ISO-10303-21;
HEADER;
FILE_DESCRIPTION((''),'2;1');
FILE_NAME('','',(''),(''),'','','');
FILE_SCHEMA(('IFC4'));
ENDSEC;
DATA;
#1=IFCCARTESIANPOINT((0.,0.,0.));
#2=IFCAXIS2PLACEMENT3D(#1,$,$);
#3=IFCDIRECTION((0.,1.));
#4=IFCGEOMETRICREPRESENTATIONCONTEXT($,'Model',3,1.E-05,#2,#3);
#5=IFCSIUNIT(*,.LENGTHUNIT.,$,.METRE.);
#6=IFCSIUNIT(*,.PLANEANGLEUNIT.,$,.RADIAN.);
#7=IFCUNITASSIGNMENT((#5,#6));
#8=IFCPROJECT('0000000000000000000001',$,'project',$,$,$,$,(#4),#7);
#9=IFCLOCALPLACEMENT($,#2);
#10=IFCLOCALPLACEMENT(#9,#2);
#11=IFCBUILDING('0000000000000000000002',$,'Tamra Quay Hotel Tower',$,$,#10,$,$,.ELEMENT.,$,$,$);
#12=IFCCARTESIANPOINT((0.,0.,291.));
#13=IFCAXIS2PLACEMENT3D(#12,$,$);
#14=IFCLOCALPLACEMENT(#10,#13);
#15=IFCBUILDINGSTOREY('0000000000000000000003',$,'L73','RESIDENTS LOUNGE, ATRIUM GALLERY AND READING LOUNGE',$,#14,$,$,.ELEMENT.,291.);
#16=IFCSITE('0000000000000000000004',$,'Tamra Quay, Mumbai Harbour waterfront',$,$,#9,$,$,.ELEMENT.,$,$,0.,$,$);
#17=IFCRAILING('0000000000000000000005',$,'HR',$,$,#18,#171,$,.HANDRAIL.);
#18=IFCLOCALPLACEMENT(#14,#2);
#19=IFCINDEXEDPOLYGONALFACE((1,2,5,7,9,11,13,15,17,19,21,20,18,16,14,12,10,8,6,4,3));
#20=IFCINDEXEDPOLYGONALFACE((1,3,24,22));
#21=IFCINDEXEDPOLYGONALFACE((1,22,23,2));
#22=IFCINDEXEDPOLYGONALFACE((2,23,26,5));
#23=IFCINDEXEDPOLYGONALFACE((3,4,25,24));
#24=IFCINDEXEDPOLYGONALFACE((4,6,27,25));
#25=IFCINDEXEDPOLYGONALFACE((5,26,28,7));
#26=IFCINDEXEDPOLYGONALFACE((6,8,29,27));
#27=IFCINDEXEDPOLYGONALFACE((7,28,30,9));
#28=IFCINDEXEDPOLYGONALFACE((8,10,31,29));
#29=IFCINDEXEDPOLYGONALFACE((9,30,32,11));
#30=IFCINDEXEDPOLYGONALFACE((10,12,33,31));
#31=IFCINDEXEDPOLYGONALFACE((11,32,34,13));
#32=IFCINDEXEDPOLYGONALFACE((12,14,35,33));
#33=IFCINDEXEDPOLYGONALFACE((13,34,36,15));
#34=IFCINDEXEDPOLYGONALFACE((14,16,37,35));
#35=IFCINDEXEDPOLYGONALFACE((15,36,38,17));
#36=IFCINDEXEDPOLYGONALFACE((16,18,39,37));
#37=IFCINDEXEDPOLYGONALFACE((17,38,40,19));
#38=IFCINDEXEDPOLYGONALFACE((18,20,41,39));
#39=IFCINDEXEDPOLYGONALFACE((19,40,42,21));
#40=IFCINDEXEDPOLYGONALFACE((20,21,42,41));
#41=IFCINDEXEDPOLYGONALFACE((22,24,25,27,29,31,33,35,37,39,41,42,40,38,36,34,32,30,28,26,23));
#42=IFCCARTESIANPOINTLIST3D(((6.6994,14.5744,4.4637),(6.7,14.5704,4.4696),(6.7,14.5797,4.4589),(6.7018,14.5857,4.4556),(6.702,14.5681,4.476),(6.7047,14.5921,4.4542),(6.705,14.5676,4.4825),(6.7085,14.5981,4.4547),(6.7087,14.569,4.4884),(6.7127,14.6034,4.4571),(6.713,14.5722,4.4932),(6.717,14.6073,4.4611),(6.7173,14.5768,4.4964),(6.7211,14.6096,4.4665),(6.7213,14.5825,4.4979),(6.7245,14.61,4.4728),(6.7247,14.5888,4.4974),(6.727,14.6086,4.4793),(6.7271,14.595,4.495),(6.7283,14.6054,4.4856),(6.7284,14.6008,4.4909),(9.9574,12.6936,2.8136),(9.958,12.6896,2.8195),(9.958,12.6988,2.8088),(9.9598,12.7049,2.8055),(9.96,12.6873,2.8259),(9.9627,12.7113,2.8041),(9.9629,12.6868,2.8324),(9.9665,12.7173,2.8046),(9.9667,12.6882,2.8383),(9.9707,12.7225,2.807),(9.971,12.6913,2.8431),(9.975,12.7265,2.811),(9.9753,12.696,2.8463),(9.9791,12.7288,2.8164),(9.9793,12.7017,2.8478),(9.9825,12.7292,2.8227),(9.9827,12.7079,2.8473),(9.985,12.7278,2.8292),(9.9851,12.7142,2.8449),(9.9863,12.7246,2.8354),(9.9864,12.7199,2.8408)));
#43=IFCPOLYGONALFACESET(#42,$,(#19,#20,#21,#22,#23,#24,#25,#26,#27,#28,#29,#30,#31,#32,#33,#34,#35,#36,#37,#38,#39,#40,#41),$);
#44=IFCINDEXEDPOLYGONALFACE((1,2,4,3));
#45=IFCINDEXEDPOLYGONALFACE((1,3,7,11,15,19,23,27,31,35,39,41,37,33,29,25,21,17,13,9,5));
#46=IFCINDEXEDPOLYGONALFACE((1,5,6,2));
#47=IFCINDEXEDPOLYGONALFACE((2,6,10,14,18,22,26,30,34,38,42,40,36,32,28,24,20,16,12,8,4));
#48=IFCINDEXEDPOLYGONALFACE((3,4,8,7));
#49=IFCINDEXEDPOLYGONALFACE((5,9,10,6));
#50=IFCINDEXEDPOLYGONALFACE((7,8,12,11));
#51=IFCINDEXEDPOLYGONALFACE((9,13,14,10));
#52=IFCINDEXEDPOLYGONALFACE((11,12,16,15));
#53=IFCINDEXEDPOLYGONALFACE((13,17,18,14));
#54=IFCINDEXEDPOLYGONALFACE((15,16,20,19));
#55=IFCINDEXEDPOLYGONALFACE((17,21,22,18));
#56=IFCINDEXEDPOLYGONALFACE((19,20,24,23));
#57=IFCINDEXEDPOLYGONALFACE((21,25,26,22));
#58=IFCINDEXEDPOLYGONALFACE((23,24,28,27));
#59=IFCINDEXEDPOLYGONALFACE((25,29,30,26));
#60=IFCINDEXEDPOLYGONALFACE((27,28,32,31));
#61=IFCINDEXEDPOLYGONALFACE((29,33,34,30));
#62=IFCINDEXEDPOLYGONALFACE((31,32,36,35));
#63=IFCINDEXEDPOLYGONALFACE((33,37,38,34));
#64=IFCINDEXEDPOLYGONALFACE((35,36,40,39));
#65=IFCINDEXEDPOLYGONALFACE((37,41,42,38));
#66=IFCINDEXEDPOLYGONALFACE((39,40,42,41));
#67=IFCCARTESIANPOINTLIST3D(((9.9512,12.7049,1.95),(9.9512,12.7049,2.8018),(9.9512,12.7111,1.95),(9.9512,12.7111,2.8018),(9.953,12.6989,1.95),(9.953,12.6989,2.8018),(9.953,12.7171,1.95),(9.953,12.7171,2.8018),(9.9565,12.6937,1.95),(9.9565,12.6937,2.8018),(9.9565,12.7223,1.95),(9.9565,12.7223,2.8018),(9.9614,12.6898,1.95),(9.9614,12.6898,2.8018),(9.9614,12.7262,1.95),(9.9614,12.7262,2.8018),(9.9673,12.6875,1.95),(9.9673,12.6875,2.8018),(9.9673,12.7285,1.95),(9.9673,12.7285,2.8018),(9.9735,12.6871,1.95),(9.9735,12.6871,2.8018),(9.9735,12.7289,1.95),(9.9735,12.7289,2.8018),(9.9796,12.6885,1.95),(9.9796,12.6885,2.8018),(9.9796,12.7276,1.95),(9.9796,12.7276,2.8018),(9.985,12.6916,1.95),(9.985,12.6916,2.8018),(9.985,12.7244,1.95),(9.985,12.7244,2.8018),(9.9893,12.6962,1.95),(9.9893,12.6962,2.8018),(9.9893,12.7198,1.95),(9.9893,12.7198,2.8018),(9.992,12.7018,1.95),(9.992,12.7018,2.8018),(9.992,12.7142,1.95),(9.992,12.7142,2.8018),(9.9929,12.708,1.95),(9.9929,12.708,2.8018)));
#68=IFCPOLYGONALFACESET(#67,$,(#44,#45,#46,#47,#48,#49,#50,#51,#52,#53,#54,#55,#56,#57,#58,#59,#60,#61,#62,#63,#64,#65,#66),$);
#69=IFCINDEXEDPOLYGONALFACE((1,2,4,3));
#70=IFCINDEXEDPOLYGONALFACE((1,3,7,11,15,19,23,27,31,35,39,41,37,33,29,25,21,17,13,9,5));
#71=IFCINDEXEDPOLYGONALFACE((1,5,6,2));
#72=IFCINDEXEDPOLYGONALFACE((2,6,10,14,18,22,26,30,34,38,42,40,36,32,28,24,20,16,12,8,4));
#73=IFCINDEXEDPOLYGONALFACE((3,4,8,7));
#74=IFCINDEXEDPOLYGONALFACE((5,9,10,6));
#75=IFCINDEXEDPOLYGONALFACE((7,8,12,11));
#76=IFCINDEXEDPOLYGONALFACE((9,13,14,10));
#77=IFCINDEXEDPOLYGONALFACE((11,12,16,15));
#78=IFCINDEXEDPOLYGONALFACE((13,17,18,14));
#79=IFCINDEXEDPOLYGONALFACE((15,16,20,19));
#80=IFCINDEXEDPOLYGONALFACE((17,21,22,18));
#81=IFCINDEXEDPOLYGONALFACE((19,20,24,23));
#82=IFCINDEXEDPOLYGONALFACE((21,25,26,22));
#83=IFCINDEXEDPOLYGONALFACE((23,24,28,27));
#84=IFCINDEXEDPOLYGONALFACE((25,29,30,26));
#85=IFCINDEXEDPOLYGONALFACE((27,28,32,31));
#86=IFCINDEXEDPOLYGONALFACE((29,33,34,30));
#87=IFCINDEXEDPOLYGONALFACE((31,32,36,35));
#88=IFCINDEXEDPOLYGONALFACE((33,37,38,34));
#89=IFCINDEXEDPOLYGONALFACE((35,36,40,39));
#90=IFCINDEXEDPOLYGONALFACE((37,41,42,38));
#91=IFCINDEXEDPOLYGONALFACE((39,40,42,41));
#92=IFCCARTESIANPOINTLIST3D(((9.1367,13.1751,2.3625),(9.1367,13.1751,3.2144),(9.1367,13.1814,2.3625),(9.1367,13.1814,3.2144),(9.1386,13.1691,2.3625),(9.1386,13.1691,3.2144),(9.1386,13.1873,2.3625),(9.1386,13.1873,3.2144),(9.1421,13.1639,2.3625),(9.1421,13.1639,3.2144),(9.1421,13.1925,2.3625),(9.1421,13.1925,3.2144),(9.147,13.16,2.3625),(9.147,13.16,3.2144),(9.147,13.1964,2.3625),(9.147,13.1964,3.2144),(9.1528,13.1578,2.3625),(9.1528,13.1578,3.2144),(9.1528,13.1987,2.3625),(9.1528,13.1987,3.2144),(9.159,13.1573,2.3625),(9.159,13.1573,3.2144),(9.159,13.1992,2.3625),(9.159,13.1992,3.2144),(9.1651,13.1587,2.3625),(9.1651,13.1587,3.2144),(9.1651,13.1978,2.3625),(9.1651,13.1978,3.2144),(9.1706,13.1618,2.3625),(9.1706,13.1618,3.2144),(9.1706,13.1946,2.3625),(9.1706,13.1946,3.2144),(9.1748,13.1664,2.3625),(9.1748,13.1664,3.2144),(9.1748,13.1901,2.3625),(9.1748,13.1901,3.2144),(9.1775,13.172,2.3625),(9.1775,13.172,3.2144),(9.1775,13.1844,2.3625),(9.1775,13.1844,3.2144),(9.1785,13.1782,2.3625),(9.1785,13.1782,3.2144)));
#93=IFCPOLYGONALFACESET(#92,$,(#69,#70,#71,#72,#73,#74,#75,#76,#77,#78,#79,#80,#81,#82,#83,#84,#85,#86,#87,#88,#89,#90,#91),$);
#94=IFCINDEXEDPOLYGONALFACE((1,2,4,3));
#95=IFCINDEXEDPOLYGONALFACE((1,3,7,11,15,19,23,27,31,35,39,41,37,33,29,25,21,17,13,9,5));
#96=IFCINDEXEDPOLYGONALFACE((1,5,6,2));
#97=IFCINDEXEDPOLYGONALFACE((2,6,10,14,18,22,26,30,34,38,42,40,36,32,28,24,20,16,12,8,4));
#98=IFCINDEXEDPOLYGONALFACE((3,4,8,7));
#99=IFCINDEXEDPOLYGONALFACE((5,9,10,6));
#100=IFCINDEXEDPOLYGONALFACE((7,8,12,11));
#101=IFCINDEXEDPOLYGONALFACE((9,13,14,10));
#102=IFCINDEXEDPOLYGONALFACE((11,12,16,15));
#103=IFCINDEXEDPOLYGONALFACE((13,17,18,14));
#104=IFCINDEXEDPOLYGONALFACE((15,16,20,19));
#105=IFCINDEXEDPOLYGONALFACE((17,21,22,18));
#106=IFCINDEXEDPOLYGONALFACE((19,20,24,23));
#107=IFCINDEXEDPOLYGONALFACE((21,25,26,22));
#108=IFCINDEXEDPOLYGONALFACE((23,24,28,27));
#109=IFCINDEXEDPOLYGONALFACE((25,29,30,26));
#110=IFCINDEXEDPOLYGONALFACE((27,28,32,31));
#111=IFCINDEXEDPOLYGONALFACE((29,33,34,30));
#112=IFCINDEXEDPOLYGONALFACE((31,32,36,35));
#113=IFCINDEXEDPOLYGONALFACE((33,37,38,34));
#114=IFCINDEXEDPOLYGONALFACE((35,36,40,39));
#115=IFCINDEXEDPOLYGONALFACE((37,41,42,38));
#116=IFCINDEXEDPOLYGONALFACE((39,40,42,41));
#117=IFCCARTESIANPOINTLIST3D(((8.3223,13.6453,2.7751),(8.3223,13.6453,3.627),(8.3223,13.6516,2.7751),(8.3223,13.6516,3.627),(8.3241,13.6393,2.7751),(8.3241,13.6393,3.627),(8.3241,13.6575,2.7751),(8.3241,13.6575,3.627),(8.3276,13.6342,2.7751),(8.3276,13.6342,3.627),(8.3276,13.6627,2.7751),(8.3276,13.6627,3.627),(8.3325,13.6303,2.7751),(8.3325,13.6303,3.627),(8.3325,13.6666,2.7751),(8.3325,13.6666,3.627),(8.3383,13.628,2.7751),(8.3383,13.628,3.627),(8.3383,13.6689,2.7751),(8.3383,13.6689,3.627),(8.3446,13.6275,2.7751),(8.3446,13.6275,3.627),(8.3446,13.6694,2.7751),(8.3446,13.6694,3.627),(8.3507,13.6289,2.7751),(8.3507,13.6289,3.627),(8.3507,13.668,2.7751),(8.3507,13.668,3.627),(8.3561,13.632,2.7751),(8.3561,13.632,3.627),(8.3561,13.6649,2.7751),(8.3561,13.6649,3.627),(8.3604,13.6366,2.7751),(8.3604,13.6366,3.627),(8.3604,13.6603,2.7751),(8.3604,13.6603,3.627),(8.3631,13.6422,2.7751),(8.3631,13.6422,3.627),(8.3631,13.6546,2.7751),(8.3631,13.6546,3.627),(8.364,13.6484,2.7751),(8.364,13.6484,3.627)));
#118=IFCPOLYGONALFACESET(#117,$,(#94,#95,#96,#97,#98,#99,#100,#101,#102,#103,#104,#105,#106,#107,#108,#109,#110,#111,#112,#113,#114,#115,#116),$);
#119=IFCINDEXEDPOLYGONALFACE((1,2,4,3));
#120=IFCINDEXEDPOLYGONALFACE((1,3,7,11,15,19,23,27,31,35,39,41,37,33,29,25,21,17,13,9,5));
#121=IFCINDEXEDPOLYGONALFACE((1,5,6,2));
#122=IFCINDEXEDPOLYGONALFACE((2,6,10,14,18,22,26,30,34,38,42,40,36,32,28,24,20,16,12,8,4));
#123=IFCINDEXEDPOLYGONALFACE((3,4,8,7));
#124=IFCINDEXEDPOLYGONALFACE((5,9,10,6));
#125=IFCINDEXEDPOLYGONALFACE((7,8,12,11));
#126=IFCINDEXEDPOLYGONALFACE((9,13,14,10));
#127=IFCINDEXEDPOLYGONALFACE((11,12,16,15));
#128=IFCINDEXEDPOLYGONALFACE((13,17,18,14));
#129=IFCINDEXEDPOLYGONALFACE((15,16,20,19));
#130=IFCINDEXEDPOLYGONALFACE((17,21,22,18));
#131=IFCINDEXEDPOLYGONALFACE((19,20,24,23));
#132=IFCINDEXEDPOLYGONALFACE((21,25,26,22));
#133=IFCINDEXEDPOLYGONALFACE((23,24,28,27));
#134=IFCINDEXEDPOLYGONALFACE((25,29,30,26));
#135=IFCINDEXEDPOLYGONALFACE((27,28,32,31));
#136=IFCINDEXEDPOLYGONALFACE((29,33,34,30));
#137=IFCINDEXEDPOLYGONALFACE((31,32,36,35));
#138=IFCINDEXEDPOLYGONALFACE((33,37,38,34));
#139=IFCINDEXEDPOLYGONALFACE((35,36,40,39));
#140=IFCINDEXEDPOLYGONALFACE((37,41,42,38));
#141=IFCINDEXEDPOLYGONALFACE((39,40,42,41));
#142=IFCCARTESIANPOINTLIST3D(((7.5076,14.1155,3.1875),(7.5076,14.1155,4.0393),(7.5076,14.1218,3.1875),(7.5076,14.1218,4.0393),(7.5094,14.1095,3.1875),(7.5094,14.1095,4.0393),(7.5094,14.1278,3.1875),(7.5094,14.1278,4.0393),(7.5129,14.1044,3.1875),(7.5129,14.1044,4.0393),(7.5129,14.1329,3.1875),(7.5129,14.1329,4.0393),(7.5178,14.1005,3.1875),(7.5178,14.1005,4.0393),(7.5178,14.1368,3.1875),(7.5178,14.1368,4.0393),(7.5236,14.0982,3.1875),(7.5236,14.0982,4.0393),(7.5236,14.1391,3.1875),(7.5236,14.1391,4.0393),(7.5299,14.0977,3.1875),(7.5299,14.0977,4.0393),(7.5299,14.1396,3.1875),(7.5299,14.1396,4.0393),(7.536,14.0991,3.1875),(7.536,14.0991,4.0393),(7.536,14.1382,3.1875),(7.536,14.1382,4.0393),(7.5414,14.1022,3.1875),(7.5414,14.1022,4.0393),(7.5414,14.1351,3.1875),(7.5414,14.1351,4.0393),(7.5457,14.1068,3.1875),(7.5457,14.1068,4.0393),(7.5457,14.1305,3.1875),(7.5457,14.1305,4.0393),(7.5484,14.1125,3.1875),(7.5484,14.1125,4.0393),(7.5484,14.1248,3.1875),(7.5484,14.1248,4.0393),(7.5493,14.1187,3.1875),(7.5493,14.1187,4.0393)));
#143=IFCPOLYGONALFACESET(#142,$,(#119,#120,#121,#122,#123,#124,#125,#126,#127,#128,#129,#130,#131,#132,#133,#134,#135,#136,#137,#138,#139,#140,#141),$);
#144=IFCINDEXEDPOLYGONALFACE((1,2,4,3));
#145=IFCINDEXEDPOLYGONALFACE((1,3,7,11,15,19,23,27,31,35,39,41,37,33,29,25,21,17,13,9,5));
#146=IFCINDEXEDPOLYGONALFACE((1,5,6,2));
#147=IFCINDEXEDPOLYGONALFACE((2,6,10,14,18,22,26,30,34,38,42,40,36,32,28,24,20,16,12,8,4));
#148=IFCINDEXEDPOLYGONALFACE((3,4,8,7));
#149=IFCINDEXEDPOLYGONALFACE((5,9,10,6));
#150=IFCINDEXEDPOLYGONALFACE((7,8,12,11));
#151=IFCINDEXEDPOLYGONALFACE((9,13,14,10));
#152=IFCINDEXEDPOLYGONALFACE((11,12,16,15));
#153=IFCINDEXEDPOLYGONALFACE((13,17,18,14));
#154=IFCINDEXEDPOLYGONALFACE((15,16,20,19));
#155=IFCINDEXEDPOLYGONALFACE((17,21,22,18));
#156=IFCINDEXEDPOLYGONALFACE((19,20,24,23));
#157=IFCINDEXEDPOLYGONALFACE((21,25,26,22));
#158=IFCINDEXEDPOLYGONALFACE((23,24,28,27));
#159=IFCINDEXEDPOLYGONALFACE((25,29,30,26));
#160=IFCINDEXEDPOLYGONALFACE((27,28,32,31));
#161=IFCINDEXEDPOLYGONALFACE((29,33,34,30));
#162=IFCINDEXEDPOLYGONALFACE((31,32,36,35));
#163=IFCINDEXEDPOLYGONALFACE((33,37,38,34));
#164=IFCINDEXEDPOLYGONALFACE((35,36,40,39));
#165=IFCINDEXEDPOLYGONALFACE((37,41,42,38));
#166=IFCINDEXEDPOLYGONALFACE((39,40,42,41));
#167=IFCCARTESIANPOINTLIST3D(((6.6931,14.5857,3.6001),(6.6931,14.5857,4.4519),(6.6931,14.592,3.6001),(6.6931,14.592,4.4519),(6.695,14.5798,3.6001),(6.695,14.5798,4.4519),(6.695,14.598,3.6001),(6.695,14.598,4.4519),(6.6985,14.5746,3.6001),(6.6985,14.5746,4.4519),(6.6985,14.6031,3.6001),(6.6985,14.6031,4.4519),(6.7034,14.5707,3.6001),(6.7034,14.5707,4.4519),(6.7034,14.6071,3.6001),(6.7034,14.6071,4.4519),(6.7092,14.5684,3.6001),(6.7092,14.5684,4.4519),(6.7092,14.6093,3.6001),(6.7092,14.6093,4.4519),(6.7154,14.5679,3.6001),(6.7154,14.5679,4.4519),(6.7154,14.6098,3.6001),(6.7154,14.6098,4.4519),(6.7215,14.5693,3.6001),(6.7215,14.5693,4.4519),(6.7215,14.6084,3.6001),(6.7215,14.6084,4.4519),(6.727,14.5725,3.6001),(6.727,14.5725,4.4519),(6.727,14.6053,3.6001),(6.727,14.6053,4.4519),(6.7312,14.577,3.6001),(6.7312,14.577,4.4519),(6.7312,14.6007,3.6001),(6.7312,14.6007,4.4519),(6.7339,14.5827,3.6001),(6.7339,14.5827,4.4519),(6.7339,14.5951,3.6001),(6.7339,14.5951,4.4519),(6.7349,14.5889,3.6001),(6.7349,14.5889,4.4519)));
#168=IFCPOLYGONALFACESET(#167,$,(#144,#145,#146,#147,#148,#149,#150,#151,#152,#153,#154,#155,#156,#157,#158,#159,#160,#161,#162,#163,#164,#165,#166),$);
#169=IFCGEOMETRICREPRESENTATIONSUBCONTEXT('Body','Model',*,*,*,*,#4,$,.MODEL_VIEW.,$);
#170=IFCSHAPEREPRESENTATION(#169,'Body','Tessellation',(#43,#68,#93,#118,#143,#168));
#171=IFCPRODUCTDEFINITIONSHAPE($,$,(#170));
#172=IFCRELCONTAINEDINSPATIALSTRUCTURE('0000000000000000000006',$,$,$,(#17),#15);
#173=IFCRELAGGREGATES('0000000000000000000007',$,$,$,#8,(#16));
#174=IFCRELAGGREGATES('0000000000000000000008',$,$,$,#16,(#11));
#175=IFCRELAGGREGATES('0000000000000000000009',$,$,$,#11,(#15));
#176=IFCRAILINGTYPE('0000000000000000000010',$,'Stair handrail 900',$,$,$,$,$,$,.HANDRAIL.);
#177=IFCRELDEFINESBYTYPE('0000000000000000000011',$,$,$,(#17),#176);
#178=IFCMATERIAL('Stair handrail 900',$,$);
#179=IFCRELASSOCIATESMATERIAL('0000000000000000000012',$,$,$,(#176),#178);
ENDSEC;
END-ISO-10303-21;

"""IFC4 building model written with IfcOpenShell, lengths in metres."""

from ifc_helpers import new_model, si_unit, direction, frame, origin, origin_2d, place, context, subcontext, project, spatial, circle, extrude, material, type_object, element, save


model = new_model("IFC4")

# Units and contexts
model_context = context("Model", 3, precision=1e-05, world=origin(), true_north=direction((0.0, 1.0)))
body_context = subcontext(model_context, "Body", "Model", "MODEL_VIEW")
ifc_project = project(units=[si_unit("LENGTHUNIT", "METRE"), si_unit("PLANEANGLEUNIT", "RADIAN")], contexts=[model_context])

# Site, building, storey
site_placement = place(None, origin())
site = spatial("IfcSite", under=ifc_project, at=site_placement, Name="Tamra Quay, Mumbai Harbour waterfront", CompositionType="ELEMENT", RefElevation=0.0)
building_placement = place(site_placement, origin())
building = spatial("IfcBuilding", under=site, at=building_placement, Name="Tamra Quay Hotel Tower", CompositionType="ELEMENT")
storey_placement = place(building_placement, frame((0.0, 0.0, 291.0)))
storey = spatial("IfcBuildingStorey", under=building, at=storey_placement, Name="L73", Description="RESIDENTS LOUNGE, ATRIUM GALLERY AND READING LOUNGE", CompositionType="ELEMENT", Elevation=291.0)

# Railing
ifc_material_1 = material(Name="Stair handrail 900")
railing_type_1 = type_object("IfcRailingType", Name="Stair handrail 900", PredefinedType="HANDRAIL", material=ifc_material_1)
railing_1_placement = place(storey_placement, frame((9.9719, 12.708, 1.95)))
element("IfcRailing", 1, at=railing_1_placement, inside=storey, type_object=railing_type_1, Name="HR", PredefinedType="HANDRAIL", context=body_context, shape_type="SweptSolid", body=[
    extrude(circle(Radius=0.0239, at=origin_2d()), frame((0.0, 0.0, 0.876), z_axis=(-0.793103, 0.457854, 0.401692), x_axis=(-0.499964, -0.866046, 0.0)), (0.0, 0.0, 1.0), 4.1079),
    extrude(circle(Radius=0.021, at=origin_2d()), origin(), (0.0, 0.0, 1.0), 0.8518),
    extrude(circle(Radius=0.021, at=origin_2d()), frame((-0.8145, 0.4702, 0.4126)), (0.0, 0.0, 1.0), 0.8518),
    extrude(circle(Radius=0.021, at=origin_2d()), frame((-1.6289, 0.9404, 0.8252)), (0.0, 0.0, 1.0), 0.8518),
    extrude(circle(Radius=0.021, at=origin_2d()), frame((-2.4436, 1.4106, 1.2375)), (0.0, 0.0, 1.0), 0.8518),
    extrude(circle(Radius=0.021, at=origin_2d()), frame((-3.2581, 1.8809, 1.6501)), (0.0, 0.0, 1.0), 0.8518),
])

save(model, "model.ifc")
